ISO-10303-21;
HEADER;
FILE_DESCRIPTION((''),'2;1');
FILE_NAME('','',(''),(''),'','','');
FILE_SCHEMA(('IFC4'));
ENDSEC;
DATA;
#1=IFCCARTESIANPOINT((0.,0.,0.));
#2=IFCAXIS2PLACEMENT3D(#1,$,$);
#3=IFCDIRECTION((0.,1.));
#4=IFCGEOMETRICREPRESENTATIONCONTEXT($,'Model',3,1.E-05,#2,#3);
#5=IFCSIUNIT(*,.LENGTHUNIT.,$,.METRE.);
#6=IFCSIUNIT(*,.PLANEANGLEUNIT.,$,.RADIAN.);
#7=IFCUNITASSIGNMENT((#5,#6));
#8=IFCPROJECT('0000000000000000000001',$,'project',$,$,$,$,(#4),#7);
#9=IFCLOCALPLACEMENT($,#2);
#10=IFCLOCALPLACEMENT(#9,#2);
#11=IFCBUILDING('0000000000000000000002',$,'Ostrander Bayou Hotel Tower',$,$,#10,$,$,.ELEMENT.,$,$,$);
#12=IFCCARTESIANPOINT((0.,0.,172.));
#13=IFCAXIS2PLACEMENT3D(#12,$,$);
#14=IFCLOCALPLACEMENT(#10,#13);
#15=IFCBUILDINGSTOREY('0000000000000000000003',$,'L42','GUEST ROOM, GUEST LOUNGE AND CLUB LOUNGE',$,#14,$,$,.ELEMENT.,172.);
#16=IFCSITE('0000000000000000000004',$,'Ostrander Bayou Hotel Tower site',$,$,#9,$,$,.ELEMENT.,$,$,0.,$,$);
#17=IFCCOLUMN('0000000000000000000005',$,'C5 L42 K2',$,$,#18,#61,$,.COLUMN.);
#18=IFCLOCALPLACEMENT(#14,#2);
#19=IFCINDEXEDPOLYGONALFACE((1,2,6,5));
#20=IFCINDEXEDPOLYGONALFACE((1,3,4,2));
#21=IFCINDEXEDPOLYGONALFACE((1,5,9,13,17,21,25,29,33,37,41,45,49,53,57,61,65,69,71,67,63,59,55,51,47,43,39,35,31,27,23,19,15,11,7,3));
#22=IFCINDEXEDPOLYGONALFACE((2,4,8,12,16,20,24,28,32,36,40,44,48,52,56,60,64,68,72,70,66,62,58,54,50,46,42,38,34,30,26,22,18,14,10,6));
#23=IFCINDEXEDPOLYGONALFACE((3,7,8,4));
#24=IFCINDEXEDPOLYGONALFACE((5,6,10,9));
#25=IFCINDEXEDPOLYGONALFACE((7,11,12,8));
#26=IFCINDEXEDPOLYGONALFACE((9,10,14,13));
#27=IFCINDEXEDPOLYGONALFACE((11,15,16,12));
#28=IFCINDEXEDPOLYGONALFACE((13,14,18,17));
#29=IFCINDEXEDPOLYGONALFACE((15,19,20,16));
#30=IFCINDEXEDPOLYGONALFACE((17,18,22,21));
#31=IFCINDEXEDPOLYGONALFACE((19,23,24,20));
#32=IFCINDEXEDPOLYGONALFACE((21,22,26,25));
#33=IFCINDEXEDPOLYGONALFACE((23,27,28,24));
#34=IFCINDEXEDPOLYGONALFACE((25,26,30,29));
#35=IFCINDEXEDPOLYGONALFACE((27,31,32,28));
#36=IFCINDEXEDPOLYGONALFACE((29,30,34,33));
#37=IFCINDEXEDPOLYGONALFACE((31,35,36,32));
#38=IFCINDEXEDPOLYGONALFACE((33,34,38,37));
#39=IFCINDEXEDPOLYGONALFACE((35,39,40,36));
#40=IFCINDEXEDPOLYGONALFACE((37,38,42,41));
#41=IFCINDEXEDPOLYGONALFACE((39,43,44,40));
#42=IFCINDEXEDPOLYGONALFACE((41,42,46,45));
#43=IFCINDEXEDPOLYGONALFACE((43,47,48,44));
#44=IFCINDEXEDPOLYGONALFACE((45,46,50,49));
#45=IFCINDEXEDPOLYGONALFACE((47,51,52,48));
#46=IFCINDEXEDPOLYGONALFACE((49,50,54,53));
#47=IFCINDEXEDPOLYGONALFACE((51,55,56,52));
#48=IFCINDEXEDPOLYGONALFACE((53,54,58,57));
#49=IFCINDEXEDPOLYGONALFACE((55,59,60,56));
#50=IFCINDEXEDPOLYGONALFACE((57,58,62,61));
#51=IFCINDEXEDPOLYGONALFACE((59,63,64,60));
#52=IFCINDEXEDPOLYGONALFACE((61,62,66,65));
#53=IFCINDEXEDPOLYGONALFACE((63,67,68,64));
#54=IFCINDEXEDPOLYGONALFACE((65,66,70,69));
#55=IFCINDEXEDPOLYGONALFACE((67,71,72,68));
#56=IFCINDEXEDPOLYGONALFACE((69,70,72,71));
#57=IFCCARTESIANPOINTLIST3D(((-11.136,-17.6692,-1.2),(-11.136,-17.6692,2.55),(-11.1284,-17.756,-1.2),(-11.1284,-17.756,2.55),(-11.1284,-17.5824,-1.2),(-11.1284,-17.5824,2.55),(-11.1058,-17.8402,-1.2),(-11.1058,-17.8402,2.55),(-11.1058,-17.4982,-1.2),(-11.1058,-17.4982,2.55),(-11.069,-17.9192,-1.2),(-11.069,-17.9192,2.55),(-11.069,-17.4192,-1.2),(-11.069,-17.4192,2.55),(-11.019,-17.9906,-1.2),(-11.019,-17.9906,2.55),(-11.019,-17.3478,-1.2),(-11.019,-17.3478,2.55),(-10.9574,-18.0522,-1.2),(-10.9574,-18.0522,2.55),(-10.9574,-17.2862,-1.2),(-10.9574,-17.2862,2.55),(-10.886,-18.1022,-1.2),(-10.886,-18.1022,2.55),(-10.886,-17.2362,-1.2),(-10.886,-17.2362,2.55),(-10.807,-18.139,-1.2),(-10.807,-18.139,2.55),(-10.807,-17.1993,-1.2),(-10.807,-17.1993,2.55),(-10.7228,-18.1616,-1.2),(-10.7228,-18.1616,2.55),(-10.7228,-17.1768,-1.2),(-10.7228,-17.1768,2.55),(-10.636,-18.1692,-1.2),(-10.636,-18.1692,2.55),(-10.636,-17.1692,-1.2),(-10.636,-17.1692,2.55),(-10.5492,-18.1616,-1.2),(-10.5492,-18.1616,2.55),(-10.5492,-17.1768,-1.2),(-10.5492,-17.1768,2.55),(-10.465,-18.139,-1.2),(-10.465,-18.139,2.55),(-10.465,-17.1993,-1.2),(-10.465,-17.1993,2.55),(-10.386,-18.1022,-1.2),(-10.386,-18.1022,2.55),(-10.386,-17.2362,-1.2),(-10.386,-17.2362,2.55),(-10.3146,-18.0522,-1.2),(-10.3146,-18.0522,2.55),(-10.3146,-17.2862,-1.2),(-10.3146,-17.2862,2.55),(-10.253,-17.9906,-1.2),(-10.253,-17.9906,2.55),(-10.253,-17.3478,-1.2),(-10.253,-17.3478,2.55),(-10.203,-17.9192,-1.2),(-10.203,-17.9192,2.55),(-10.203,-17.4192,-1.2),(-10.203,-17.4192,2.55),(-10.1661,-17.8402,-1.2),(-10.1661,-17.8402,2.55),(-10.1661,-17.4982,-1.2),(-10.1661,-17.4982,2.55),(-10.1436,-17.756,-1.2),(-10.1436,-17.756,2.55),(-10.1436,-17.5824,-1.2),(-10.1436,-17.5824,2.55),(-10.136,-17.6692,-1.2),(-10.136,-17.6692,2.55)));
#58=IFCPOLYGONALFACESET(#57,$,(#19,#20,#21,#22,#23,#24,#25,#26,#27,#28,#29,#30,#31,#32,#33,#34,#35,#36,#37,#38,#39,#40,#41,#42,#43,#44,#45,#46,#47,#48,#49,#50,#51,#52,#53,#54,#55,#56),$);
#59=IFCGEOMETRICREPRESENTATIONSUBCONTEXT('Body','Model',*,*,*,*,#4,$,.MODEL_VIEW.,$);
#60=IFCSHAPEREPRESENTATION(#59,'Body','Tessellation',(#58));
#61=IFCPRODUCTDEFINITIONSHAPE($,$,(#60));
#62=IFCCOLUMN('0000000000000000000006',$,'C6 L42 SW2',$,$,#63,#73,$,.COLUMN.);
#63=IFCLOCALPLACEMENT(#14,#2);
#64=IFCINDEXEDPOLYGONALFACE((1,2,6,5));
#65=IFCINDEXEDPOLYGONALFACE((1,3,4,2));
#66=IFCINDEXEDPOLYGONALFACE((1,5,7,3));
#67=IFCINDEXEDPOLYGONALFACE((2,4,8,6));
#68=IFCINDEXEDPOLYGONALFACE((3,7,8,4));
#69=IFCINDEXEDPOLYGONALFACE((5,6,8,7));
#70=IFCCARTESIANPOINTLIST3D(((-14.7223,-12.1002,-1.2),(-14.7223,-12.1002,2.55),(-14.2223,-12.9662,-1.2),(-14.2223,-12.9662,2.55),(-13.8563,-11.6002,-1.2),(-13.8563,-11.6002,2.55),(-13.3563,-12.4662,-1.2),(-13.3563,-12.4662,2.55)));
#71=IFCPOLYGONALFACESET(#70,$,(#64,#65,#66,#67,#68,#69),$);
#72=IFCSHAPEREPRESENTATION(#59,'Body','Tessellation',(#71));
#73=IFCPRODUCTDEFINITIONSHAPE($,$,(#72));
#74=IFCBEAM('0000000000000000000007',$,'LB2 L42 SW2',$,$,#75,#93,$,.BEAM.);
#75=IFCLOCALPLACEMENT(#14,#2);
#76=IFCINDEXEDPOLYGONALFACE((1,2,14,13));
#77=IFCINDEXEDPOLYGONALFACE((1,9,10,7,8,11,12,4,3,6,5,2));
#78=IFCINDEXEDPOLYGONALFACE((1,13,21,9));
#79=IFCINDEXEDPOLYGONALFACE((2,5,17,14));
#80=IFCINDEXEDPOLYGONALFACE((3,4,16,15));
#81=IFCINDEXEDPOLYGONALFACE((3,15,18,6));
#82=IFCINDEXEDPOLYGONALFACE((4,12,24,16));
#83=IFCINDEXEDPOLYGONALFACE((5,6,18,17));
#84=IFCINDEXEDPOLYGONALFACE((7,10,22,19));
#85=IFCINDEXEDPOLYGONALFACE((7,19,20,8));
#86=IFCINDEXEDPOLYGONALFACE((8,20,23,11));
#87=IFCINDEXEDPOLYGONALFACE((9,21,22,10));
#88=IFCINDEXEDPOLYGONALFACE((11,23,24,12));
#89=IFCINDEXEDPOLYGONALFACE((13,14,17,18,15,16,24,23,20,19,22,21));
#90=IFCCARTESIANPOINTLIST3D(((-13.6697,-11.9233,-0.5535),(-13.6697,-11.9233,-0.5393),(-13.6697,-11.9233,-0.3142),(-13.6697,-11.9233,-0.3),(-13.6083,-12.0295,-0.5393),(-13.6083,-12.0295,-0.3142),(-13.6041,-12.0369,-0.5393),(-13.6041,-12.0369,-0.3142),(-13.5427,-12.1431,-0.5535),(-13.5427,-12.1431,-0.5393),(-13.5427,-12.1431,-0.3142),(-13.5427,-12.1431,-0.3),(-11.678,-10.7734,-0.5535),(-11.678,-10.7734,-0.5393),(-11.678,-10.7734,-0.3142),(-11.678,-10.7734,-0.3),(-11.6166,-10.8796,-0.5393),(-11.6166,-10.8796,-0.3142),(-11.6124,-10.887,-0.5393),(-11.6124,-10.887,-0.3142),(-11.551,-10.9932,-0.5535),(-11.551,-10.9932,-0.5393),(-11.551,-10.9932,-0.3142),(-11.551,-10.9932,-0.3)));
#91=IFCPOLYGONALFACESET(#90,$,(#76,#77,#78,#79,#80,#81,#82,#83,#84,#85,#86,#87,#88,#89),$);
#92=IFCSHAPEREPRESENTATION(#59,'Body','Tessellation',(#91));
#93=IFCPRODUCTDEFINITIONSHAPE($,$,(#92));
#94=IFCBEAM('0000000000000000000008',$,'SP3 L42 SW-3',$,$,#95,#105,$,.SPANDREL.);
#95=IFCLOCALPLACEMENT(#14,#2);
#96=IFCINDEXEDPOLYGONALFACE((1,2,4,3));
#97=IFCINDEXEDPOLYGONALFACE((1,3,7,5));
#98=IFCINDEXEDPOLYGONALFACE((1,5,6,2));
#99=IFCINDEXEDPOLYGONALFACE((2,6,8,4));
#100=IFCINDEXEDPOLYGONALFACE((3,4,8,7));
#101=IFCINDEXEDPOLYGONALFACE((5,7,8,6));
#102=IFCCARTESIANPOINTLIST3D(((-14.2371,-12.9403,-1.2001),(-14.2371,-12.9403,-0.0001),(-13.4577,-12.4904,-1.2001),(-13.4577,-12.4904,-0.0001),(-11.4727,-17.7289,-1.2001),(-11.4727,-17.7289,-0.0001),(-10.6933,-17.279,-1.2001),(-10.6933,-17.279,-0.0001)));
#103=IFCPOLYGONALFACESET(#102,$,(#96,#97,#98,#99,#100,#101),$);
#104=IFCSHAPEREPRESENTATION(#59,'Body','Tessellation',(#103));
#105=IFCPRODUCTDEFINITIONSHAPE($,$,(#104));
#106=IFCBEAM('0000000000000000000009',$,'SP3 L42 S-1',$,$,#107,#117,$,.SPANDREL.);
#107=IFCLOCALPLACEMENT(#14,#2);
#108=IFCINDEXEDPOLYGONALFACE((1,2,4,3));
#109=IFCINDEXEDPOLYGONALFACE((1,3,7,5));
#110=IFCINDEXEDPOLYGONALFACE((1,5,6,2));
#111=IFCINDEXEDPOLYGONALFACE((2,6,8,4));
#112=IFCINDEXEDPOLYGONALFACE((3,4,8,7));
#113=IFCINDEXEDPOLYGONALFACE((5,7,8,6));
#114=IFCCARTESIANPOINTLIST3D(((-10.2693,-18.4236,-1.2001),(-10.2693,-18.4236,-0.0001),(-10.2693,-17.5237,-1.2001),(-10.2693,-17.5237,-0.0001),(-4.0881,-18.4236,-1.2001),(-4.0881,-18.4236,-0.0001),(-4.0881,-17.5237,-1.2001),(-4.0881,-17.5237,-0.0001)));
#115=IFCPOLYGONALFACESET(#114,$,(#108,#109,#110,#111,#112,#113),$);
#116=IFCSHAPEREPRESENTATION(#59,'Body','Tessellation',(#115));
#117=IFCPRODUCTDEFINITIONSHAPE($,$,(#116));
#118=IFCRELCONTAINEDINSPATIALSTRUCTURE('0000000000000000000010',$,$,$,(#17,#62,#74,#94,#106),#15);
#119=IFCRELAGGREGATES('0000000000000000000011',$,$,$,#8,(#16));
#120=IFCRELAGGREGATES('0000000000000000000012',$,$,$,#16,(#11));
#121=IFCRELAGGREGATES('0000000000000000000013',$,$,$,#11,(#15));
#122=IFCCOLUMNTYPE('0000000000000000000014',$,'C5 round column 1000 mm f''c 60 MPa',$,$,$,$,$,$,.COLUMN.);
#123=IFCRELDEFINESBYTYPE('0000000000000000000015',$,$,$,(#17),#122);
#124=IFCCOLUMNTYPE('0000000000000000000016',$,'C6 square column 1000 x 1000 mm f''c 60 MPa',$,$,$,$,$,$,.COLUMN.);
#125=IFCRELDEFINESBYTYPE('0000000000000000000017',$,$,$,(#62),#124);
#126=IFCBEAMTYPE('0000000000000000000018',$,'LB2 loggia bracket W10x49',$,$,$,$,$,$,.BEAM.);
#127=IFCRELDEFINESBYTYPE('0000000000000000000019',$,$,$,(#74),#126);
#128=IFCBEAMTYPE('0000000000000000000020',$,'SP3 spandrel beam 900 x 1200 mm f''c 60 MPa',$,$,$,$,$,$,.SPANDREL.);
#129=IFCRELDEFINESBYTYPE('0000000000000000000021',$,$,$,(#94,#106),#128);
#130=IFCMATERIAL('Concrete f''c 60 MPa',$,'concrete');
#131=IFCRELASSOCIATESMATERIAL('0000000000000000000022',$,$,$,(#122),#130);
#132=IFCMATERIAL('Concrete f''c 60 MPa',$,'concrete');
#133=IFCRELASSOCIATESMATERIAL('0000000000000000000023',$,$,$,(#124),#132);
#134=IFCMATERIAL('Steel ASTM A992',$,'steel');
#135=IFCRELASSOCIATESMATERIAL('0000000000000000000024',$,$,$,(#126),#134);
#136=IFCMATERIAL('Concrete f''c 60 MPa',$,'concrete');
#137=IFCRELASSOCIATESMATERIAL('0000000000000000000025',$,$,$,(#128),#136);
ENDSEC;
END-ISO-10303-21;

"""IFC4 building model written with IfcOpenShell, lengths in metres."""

from ifc_helpers import new_model, si_unit, direction, frame, origin, origin_2d, place, context, subcontext, project, spatial, rectangle, circle, i_section, extrude, material, material_profile, profile_set, type_object, element, save


model = new_model("IFC4")

# Units and contexts
model_context = context("Model", 3, precision=1e-05, world=origin(), true_north=direction((0.0, 1.0)))
body_context = subcontext(model_context, "Body", "Model", "MODEL_VIEW")
ifc_project = project(units=[si_unit("LENGTHUNIT", "METRE"), si_unit("PLANEANGLEUNIT", "RADIAN")], contexts=[model_context])

# Site, building, storey
site_placement = place(None, origin())
site = spatial("IfcSite", under=ifc_project, at=site_placement, Name="Ostrander Bayou Hotel Tower site", CompositionType="ELEMENT", RefElevation=0.0)
building_placement = place(site_placement, origin())
building = spatial("IfcBuilding", under=site, at=building_placement, Name="Ostrander Bayou Hotel Tower", CompositionType="ELEMENT")
storey_placement = place(building_placement, frame((0.0, 0.0, 172.0)))
storey = spatial("IfcBuildingStorey", under=building, at=storey_placement, Name="L42", Description="GUEST ROOM, GUEST LOUNGE AND CLUB LOUNGE", CompositionType="ELEMENT", Elevation=172.0)

# Columns
ifc_material_1 = material(Name="Concrete f'c 60 MPa", Category="concrete")
ifc_material_profile_1 = material_profile(ifc_material_1, circle(Radius=0.5, at=origin_2d()))
ifc_profile_set_1 = profile_set([ifc_material_profile_1], Name="Concrete f'c 60 MPa")
column_type_1 = type_object("IfcColumnType", Name="C5 round column 1000 mm f'c 60 MPa", PredefinedType="COLUMN", material=ifc_profile_set_1)
column_1_placement = place(storey_placement, frame((-10.636, -17.6692, -1.2), z_axis=(0.0, 0.0, 1.0), x_axis=(1.0, 0.0, 0.0)))
element("IfcColumn", 1, at=column_1_placement, inside=storey, type_object=column_type_1, Name="C5 L42 K2", PredefinedType="COLUMN", context=body_context, shape_type="SweptSolid", body=[
    extrude(circle(Radius=0.5, at=origin_2d()), origin(), (0.0, 0.0, 1.0), 3.75),
])
ifc_material_2 = material(Name="Concrete f'c 60 MPa", Category="concrete")
ifc_material_profile_2 = material_profile(ifc_material_2, rectangle(XDim=1.0, YDim=1.0, at=origin_2d()))
ifc_profile_set_2 = profile_set([ifc_material_profile_2], Name="Concrete f'c 60 MPa")
column_type_2 = type_object("IfcColumnType", Name="C6 square column 1000 x 1000 mm f'c 60 MPa", PredefinedType="COLUMN", material=ifc_profile_set_2)
column_2_placement = place(storey_placement, frame((-14.0393, -12.2832, -1.2), z_axis=(0.0, 0.0, 1.0), x_axis=(-0.5, 0.866025, 0.0)))
element("IfcColumn", 2, at=column_2_placement, inside=storey, type_object=column_type_2, Name="C6 L42 SW2", PredefinedType="COLUMN", context=body_context, shape_type="SweptSolid", body=[
    extrude(rectangle(XDim=1.0, YDim=1.0, at=origin_2d()), origin(), (0.0, 0.0, 1.0), 3.75),
])

# Beams
ifc_material_3 = material(Name="Steel ASTM A992", Category="steel")
ifc_material_profile_3 = material_profile(ifc_material_3, i_section(OverallWidth=0.2539, OverallDepth=0.2534, WebThickness=0.0085, FlangeThickness=0.0142, at=origin_2d()))
ifc_profile_set_3 = profile_set([ifc_material_profile_3], Name="Steel ASTM A992")
beam_type_1 = type_object("IfcBeamType", Name="LB2 loggia bracket W10x49", PredefinedType="BEAM", material=ifc_profile_set_3)
beam_1_placement = place(storey_placement, frame((-13.6062, -12.0332, -0.4268), z_axis=(0.866026, 0.499998, 0.0), x_axis=(-0.499998, 0.866026, 0.0)))
element("IfcBeam", 3, at=beam_1_placement, inside=storey, type_object=beam_type_1, Name="LB2 L42 SW2", PredefinedType="BEAM", context=body_context, shape_type="SweptSolid", body=[
    extrude(i_section(OverallWidth=0.2539, OverallDepth=0.2534, WebThickness=0.0085, FlangeThickness=0.0142, at=origin_2d()), origin(), (0.0, 0.0, 1.0), 2.2998),
])
ifc_material_4 = material(Name="Concrete f'c 60 MPa", Category="concrete")
ifc_material_profile_4 = material_profile(ifc_material_4, rectangle(XDim=0.8999, YDim=1.2, at=origin_2d()))
ifc_profile_set_4 = profile_set([ifc_material_profile_4], Name="Concrete f'c 60 MPa")
beam_type_2 = type_object("IfcBeamType", Name="SP3 spandrel beam 900 x 1200 mm f'c 60 MPa", PredefinedType="SPANDREL", material=ifc_profile_set_4)
beam_2_placement = place(storey_placement, frame((-13.8474, -12.7153, -0.6001), z_axis=(0.499962, -0.866047, 0.0), x_axis=(0.866047, 0.499962, 0.0)))
element("IfcBeam", 4, at=beam_2_placement, inside=storey, type_object=beam_type_2, Name="SP3 L42 SW-3", PredefinedType="SPANDREL", context=body_context, shape_type="SweptSolid", body=[
    extrude(rectangle(XDim=0.8999, YDim=1.2, at=origin_2d()), origin(), (0.0, 0.0, 1.0), 5.5293),
])
beam_3_placement = place(storey_placement, frame((-10.2693, -17.9736, -0.6001), z_axis=(1.0, 0.0, 0.0), x_axis=(0.0, 1.0, 0.0)))
element("IfcBeam", 5, at=beam_3_placement, inside=storey, type_object=beam_type_2, Name="SP3 L42 S-1", PredefinedType="SPANDREL", context=body_context, shape_type="SweptSolid", body=[
    extrude(rectangle(XDim=0.8999, YDim=1.2, at=origin_2d()), origin(), (0.0, 0.0, 1.0), 6.1812),
])

save(model, "model.ifc")
